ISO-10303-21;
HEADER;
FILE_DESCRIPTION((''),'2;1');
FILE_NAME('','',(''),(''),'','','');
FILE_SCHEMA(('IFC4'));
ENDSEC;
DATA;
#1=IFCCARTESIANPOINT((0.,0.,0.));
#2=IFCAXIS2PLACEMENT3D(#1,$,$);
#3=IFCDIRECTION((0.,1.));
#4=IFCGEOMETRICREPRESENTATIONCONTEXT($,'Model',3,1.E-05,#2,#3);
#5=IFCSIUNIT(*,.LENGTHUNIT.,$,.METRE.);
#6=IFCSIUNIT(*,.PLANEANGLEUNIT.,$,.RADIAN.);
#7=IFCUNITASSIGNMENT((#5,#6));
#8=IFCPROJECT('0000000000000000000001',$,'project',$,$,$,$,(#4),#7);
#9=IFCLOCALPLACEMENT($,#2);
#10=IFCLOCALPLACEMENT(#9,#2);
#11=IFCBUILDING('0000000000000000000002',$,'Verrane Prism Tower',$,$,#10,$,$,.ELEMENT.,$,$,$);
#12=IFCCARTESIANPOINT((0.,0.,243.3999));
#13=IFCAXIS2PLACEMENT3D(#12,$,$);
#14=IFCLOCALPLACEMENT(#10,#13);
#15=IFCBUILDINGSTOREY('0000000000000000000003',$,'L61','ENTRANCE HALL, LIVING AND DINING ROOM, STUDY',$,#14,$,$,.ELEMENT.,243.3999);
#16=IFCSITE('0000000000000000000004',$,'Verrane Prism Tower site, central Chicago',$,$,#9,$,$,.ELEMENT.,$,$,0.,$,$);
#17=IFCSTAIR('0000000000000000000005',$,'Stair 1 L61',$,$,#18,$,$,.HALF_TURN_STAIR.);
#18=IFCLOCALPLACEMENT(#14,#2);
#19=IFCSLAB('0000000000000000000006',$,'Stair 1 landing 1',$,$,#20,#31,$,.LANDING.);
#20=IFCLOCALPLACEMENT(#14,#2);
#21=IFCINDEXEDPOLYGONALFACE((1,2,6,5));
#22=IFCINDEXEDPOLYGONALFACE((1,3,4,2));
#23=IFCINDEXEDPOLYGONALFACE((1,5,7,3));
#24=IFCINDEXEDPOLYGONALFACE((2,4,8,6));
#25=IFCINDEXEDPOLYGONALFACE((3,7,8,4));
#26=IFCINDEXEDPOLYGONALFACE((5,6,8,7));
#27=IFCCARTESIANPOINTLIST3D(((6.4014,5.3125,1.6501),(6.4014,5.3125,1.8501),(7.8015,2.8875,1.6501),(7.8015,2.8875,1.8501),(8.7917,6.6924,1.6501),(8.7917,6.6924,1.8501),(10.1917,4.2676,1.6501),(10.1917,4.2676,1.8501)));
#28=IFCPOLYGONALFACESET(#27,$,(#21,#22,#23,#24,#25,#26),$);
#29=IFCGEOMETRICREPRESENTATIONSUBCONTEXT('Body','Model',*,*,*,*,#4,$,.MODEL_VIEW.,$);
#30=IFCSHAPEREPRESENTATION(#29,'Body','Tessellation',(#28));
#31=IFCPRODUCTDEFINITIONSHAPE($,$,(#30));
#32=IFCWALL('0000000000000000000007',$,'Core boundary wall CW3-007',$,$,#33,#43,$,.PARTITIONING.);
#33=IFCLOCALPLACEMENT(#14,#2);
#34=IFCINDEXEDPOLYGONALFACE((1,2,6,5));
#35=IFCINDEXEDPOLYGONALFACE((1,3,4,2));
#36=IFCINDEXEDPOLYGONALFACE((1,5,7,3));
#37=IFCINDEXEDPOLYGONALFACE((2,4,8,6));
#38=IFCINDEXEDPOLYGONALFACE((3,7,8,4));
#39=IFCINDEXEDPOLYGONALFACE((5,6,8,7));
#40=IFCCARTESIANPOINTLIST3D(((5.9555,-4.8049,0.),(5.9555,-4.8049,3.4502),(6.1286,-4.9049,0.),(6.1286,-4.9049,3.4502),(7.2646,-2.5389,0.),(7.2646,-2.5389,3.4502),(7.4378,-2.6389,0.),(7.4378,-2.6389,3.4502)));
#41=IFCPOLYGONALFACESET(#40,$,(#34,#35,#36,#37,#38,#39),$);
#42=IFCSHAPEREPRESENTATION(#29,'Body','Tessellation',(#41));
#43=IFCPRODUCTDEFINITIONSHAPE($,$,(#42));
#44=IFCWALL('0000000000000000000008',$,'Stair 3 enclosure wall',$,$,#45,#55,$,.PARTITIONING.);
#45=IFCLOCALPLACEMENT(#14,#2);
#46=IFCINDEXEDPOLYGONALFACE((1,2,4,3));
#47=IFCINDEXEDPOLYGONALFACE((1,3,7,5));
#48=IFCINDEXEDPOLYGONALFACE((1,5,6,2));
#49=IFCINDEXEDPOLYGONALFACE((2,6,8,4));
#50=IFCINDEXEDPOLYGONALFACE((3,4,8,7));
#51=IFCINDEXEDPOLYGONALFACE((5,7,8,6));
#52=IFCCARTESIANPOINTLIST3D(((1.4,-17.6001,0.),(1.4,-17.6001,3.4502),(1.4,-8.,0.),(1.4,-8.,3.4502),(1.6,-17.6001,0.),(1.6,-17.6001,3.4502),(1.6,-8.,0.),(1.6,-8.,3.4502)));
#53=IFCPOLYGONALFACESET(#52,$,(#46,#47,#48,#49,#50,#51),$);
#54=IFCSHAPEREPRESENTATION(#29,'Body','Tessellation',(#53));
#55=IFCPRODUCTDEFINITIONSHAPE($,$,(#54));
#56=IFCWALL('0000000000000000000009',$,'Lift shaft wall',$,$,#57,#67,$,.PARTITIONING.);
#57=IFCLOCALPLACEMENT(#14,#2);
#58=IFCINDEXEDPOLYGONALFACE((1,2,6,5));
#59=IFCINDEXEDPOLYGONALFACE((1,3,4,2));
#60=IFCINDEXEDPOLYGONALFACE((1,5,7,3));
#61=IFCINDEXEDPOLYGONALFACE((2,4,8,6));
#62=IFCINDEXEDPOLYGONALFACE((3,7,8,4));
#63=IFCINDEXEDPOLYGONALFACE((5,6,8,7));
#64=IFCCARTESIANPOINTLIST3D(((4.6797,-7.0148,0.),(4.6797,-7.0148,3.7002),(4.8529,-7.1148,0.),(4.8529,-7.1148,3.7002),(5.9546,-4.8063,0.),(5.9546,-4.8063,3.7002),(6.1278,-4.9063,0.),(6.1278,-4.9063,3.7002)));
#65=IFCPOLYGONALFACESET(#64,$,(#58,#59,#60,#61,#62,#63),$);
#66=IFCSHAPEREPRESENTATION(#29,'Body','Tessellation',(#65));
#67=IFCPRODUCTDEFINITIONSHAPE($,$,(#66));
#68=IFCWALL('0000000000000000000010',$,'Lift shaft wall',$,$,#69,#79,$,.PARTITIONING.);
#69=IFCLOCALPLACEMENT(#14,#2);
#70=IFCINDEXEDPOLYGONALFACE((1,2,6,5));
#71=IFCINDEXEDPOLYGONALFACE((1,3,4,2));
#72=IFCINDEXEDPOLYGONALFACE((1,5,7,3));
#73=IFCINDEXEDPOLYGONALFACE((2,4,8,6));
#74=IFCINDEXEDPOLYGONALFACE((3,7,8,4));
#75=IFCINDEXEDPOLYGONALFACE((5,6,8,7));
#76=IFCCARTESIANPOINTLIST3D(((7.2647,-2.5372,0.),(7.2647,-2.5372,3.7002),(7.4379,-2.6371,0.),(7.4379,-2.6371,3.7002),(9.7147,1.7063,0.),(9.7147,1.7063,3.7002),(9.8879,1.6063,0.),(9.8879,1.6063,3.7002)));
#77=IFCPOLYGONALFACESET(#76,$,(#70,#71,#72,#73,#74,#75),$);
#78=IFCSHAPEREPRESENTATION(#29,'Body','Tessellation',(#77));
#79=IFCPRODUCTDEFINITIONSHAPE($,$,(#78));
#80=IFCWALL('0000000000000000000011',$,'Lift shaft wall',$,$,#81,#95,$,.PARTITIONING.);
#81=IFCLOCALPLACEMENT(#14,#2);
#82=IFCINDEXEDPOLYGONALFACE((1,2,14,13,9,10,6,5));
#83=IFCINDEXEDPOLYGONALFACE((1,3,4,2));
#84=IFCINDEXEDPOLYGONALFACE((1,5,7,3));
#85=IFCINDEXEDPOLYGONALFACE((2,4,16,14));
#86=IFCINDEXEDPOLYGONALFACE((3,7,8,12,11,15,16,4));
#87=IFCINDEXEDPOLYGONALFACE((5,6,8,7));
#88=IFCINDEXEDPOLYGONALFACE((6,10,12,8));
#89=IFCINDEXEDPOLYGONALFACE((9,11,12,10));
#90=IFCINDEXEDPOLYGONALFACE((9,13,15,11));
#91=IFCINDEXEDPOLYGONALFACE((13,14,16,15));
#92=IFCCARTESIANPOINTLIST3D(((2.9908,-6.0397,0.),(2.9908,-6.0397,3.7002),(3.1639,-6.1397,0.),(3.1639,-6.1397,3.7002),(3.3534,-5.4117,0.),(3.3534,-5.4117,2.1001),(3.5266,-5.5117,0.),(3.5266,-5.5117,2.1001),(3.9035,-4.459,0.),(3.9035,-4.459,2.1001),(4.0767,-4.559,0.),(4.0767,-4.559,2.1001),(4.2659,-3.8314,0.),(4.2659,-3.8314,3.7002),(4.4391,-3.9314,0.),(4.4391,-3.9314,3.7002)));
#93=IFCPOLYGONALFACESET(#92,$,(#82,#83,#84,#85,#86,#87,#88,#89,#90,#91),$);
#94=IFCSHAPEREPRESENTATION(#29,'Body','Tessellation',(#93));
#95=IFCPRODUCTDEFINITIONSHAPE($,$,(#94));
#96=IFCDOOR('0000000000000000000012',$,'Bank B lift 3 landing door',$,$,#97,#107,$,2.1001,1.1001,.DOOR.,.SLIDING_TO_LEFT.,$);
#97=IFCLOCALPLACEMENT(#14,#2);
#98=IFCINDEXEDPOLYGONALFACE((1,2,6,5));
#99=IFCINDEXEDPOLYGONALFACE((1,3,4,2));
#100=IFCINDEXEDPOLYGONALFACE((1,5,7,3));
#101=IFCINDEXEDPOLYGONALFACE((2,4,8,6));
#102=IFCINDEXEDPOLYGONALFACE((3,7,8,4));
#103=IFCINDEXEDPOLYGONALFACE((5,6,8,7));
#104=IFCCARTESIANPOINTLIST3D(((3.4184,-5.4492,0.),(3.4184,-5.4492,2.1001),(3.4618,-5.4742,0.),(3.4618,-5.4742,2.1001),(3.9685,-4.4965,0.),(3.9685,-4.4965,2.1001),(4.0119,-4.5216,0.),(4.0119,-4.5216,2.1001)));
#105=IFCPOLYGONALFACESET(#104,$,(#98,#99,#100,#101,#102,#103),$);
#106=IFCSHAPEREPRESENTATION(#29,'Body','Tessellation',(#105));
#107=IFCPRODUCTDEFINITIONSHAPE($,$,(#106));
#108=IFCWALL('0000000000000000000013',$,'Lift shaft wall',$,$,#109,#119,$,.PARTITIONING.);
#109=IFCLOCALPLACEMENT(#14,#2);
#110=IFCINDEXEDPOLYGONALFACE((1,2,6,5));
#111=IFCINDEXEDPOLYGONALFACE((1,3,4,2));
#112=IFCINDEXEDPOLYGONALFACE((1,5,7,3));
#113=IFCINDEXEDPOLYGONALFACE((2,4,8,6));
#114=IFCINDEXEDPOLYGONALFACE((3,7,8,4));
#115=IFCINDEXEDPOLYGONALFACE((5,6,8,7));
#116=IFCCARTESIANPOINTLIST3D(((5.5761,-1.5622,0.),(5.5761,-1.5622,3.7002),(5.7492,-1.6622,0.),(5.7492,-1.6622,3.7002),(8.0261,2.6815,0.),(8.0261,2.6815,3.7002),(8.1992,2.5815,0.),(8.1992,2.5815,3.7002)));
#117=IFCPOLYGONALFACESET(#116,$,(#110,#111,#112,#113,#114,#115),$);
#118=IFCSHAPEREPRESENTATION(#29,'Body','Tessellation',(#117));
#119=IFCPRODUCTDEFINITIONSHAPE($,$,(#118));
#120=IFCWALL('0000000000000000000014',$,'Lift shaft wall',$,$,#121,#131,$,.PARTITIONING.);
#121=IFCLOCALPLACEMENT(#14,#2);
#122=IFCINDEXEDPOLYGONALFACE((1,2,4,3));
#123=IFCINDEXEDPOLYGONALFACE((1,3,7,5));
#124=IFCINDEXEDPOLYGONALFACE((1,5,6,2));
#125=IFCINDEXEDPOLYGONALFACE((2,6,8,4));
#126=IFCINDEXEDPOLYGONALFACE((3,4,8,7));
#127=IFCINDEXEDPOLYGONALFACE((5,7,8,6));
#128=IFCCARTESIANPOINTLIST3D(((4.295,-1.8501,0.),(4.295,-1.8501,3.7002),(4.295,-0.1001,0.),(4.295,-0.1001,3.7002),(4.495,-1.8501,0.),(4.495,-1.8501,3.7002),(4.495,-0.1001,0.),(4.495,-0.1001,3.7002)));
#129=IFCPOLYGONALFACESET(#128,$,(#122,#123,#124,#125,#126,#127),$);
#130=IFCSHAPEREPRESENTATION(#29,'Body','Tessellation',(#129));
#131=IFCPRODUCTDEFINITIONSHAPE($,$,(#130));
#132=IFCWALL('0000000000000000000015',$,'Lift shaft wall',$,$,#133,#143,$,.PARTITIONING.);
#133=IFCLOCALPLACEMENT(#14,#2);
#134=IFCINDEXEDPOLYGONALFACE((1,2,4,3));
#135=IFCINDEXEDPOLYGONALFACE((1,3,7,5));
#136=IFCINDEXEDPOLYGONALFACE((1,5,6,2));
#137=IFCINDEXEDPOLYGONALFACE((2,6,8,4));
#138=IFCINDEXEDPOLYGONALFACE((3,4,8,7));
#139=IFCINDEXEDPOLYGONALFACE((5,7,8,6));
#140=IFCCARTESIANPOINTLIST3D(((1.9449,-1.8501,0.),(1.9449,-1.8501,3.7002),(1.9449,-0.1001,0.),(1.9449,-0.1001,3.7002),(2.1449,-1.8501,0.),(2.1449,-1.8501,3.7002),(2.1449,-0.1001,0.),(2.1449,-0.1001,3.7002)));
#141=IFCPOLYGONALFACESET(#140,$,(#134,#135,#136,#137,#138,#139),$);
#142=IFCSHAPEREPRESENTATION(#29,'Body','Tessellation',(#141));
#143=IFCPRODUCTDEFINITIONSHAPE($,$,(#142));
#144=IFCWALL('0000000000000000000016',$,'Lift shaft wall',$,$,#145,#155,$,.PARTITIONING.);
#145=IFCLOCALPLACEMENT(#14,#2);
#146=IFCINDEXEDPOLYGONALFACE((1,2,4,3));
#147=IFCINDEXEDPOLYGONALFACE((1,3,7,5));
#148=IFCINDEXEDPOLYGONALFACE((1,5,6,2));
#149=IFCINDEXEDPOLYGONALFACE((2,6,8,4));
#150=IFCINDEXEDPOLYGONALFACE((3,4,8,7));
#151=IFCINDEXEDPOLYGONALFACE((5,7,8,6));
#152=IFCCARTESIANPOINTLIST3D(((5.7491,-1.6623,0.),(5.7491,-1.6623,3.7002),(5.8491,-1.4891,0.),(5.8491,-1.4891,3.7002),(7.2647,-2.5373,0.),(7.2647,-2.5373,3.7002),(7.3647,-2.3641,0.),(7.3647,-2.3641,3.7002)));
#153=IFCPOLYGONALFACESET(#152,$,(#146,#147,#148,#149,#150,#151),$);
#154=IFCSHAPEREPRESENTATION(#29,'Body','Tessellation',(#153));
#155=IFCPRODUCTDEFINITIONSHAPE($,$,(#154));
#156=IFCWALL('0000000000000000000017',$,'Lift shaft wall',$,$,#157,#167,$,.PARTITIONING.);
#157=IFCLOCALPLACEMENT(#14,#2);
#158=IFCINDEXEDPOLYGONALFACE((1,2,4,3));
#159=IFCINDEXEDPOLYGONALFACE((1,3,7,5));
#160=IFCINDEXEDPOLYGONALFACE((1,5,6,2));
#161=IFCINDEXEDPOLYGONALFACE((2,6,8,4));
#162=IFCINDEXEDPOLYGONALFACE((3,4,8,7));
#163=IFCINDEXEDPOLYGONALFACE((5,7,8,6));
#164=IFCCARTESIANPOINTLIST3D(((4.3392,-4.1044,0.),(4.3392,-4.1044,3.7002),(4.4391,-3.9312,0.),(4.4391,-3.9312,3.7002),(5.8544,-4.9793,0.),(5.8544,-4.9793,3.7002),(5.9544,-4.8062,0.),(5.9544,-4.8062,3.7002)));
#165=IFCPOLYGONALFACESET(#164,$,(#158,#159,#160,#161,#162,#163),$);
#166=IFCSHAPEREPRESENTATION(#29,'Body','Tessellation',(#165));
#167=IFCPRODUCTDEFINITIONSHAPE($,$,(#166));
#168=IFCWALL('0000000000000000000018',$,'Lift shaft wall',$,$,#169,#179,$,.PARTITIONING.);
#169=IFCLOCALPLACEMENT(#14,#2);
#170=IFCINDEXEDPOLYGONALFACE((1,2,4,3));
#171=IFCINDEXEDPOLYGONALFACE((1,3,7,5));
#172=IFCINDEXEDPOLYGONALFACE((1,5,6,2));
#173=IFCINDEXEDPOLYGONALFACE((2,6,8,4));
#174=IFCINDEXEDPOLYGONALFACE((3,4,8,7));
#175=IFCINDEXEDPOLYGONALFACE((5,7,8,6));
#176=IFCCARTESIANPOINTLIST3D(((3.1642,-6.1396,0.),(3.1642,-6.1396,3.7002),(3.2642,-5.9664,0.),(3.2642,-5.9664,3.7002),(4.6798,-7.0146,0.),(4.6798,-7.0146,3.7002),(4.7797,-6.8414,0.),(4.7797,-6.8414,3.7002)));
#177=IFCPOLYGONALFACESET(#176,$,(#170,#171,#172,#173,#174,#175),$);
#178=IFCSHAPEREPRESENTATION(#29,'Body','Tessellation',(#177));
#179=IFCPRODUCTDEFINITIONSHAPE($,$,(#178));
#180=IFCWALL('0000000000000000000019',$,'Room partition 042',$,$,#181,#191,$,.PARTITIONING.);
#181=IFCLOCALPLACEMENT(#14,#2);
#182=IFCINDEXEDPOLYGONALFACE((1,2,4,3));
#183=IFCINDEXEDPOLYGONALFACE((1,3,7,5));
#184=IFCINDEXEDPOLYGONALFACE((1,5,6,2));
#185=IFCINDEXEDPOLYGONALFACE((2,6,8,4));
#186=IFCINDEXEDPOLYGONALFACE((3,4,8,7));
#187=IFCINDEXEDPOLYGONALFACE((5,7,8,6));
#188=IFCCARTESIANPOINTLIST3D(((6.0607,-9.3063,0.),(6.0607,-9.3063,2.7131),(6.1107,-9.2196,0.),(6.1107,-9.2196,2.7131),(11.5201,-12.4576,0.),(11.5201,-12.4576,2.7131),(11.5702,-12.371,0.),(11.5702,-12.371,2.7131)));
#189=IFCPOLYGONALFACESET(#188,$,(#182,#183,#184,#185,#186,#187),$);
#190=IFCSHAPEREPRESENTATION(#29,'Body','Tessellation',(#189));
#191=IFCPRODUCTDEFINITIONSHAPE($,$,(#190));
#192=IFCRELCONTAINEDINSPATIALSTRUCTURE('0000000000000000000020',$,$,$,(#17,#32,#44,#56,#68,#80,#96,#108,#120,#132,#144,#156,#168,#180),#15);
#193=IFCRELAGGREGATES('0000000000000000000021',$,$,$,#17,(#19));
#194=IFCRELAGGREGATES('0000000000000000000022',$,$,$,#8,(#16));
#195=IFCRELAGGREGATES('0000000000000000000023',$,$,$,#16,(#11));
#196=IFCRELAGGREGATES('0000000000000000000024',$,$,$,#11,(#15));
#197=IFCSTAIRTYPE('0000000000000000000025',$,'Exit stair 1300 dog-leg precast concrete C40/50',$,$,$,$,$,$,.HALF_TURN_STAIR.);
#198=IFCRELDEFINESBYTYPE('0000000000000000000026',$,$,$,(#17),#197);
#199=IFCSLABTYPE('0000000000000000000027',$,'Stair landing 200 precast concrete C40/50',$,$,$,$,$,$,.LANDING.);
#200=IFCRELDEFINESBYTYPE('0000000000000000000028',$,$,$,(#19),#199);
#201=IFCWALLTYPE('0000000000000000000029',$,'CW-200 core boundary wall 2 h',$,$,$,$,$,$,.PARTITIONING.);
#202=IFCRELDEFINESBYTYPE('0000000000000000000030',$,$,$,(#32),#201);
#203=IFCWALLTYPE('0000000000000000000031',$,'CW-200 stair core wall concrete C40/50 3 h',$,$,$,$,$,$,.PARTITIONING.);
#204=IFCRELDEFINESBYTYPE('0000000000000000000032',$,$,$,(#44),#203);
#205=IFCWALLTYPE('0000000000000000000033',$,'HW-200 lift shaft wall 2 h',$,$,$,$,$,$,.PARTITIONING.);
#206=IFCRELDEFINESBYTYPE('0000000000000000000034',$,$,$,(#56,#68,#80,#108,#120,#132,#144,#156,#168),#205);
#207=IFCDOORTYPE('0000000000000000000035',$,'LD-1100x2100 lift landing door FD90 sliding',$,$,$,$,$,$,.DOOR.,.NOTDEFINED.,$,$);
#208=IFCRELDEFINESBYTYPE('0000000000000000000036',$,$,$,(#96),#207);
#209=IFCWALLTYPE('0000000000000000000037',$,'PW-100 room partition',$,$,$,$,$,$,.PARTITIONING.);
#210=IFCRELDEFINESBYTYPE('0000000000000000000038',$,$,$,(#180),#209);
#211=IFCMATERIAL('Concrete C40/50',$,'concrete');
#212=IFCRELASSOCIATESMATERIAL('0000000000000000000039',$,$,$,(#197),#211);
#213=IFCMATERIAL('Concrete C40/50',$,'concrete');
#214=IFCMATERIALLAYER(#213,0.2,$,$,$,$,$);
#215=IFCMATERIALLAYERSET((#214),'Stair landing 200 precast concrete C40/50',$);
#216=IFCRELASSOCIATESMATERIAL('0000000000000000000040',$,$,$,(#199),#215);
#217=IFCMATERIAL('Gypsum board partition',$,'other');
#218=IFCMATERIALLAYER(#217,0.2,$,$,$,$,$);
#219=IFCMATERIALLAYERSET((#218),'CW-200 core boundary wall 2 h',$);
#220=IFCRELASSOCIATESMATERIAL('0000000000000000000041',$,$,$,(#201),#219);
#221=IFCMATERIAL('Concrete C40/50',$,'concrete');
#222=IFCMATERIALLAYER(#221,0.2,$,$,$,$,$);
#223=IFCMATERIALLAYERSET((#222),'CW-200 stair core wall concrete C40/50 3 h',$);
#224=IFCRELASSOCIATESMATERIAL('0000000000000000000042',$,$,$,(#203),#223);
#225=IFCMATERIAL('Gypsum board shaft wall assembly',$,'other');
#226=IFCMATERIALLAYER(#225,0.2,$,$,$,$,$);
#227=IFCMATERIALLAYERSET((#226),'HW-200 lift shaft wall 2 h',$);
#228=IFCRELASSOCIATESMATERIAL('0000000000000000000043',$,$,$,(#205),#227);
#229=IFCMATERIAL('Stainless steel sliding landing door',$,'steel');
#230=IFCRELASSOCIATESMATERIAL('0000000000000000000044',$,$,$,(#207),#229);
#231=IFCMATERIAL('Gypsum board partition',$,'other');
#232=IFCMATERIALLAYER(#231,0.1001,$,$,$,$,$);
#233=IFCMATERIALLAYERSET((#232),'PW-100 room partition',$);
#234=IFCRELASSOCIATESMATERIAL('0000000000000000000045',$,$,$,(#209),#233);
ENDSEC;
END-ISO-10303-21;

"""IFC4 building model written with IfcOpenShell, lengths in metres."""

from ifc_helpers import new_model, si_unit, direction, frame, frame_2d, origin, place, context, subcontext, project, spatial, polyline, rectangle, outline, extrude, material, layer, layer_set, type_object, element, fill, aggregate, save


model = new_model("IFC4")

# Units and contexts
model_context = context("Model", 3, precision=1e-05, world=origin(), true_north=direction((0.0, 1.0)))
body_context = subcontext(model_context, "Body", "Model", "MODEL_VIEW")
ifc_project = project(units=[si_unit("LENGTHUNIT", "METRE"), si_unit("PLANEANGLEUNIT", "RADIAN")], contexts=[model_context])

# Site, building, storey
site_placement = place(None, origin())
site = spatial("IfcSite", under=ifc_project, at=site_placement, Name="Verrane Prism Tower site, central Chicago", CompositionType="ELEMENT", RefElevation=0.0)
building_placement = place(site_placement, origin())
building = spatial("IfcBuilding", under=site, at=building_placement, Name="Verrane Prism Tower", CompositionType="ELEMENT")
storey_placement = place(building_placement, frame((0.0, 0.0, 243.3999)))
storey = spatial("IfcBuildingStorey", under=building, at=storey_placement, Name="L61", Description="ENTRANCE HALL, LIVING AND DINING ROOM, STUDY", CompositionType="ELEMENT", Elevation=243.3999)

# Stair, slab
ifc_material_1 = material(Name="Concrete C40/50", Category="concrete")
stair_type = type_object("IfcStairType", Name="Exit stair 1300 dog-leg precast concrete C40/50", PredefinedType="HALF_TURN_STAIR", material=ifc_material_1)
stair_placement = place(storey_placement, origin())
stair = element("IfcStair", 1, at=stair_placement, inside=storey, type_object=stair_type, Name="Stair 1 L61", PredefinedType="HALF_TURN_STAIR")
ifc_material_2 = material(Name="Concrete C40/50", Category="concrete")
ifc_layer_1 = layer(ifc_material_2, 0.2)
ifc_layer_set_1 = layer_set([ifc_layer_1], Name="Stair landing 200 precast concrete C40/50")
slab_type = type_object("IfcSlabType", Name="Stair landing 200 precast concrete C40/50", PredefinedType="LANDING", material=ifc_layer_set_1)
slab_placement = place(storey_placement, frame((0.0, 0.0, 1.6501)))
slab = element("IfcSlab", 2, at=slab_placement, type_object=slab_type, Name="Stair 1 landing 1", PredefinedType="LANDING", context=body_context, shape_type="SweptSolid", body=[
    extrude(outline(polyline([(8.7917, 6.6924), (6.4014, 5.3125), (7.8015, 2.8875), (10.1917, 4.2676), (8.7917, 6.6924)])), origin(), (0.0, 0.0, 1.0), 0.2),
])
aggregate(stair, [slab])

# Walls
ifc_material_3 = material(Name="Gypsum board partition", Category="other")
ifc_layer_2 = layer(ifc_material_3, 0.2)
ifc_layer_set_2 = layer_set([ifc_layer_2], Name="CW-200 core boundary wall 2 h")
wall_type_1 = type_object("IfcWallType", Name="CW-200 core boundary wall 2 h", PredefinedType="PARTITIONING", material=ifc_layer_set_2)
wall_1_placement = place(storey_placement, frame((6.042, -4.855, 0.0), z_axis=(0.0, 0.0, 1.0), x_axis=(0.500253, 0.865879, 0.0)))
element("IfcWall", 3, at=wall_1_placement, inside=storey, type_object=wall_type_1, Name="Core boundary wall CW3-007", PredefinedType="PARTITIONING", context=body_context, shape_type="SweptSolid", body=[
    extrude(rectangle(XDim=2.6169, YDim=0.2, at=frame_2d((1.3086, 0.0))), origin(), (0.0, 0.0, 1.0), 3.4502),
])
ifc_material_4 = material(Name="Concrete C40/50", Category="concrete")
ifc_layer_3 = layer(ifc_material_4, 0.2)
ifc_layer_set_3 = layer_set([ifc_layer_3], Name="CW-200 stair core wall concrete C40/50 3 h")
wall_type_2 = type_object("IfcWallType", Name="CW-200 stair core wall concrete C40/50 3 h", PredefinedType="PARTITIONING", material=ifc_layer_set_3)
wall_2_placement = place(storey_placement, frame((1.5, -8.0, 0.0), z_axis=(0.0, 0.0, 1.0), x_axis=(0.0, -1.0, 0.0)))
element("IfcWall", 4, at=wall_2_placement, inside=storey, type_object=wall_type_2, Name="Stair 3 enclosure wall", PredefinedType="PARTITIONING", context=body_context, shape_type="SweptSolid", body=[
    extrude(rectangle(XDim=9.6001, YDim=0.2, at=frame_2d((4.8, 0.0))), origin(), (0.0, 0.0, 1.0), 3.4502),
])
ifc_material_5 = material(Name="Gypsum board shaft wall assembly", Category="other")
ifc_layer_4 = layer(ifc_material_5, 0.2)
ifc_layer_set_4 = layer_set([ifc_layer_4], Name="HW-200 lift shaft wall 2 h")
wall_type_3 = type_object("IfcWallType", Name="HW-200 lift shaft wall 2 h", PredefinedType="PARTITIONING", material=ifc_layer_set_4)
wall_3_placement = place(storey_placement, frame((4.7664, -7.0647, 0.0), z_axis=(0.0, 0.0, 1.0), x_axis=(0.499949, 0.866055, 0.0)))
element("IfcWall", 5, at=wall_3_placement, inside=storey, type_object=wall_type_3, Name="Lift shaft wall", PredefinedType="PARTITIONING", context=body_context, shape_type="SweptSolid", body=[
    extrude(rectangle(XDim=2.55, YDim=0.2, at=frame_2d((1.2749, 0.0))), origin(), (0.0, 0.0, 1.0), 3.7002),
])
wall_4_placement = place(storey_placement, frame((7.3513, -2.5872, 0.0), z_axis=(0.0, 0.0, 1.0), x_axis=(0.500003, 0.866024, 0.0)))
element("IfcWall", 6, at=wall_4_placement, inside=storey, type_object=wall_type_3, Name="Lift shaft wall", PredefinedType="PARTITIONING", context=body_context, shape_type="SweptSolid", body=[
    extrude(rectangle(XDim=4.8999, YDim=0.2, at=frame_2d((2.45, 0.0))), origin(), (0.0, 0.0, 1.0), 3.7002),
])

# Wall, opening, door
wall_5_placement = place(storey_placement, frame((3.0774, -6.0896, 0.0), z_axis=(0.0, 0.0, 1.0), x_axis=(0.500062, 0.865989, 0.0)))
wall_5 = element("IfcWall", 7, at=wall_5_placement, inside=storey, type_object=wall_type_3, Name="Lift shaft wall", PredefinedType="PARTITIONING", context=body_context, shape_type="SweptSolid", body=[
    extrude(rectangle(XDim=2.55, YDim=0.2, at=frame_2d((1.2749, 0.0))), origin(), (0.0, 0.0, 1.0), 3.7002),
])
opening_placement = place(wall_5_placement, frame((0.7251, 0.0, 0.0)))
opening = element("IfcOpeningElement", 8, at=opening_placement, cuts=wall_5, PredefinedType="OPENING", context=body_context, shape_type="SweptSolid", body=[
    extrude(rectangle(XDim=1.1001, YDim=2.1001, at=frame_2d((0.55, 1.05))), frame((0.0, 0.1099, 0.0), z_axis=(0.0, -1.0, 0.0), x_axis=(1.0, 0.0, 0.0)), (0.0, 0.0, 1.0), 0.22),
])
ifc_material_6 = material(Name="Stainless steel sliding landing door", Category="steel")
door_type = type_object("IfcDoorType", Name="LD-1100x2100 lift landing door FD90 sliding", OperationType="NOTDEFINED", PredefinedType="DOOR", material=ifc_material_6)
door_placement = place(opening_placement, origin())
door = element("IfcDoor", 9, at=door_placement, inside=storey, type_object=door_type, Name="Bank B lift 3 landing door", OperationType="SLIDING_TO_LEFT", OverallHeight=2.1001, OverallWidth=1.1001, PredefinedType="DOOR", context=body_context, shape_type="SweptSolid", body=[
    extrude(rectangle(XDim=1.1001, YDim=2.1001, at=frame_2d((0.55, 1.05))), frame((0.0, 0.0249, 0.0), z_axis=(0.0, -1.0, 0.0), x_axis=(1.0, 0.0, 0.0)), (0.0, 0.0, 1.0), 0.05),
])
fill(opening, door)

# Walls
wall_6_placement = place(storey_placement, frame((5.6626, -1.6123, 0.0), z_axis=(0.0, 0.0, 1.0), x_axis=(0.499981, 0.866036, 0.0)))
element("IfcWall", 10, at=wall_6_placement, inside=storey, type_object=wall_type_3, Name="Lift shaft wall", PredefinedType="PARTITIONING", context=body_context, shape_type="SweptSolid", body=[
    extrude(rectangle(XDim=4.9001, YDim=0.2, at=frame_2d((2.4502, 0.0))), origin(), (0.0, 0.0, 1.0), 3.7002),
])
for number, where, z_axis, x_axis, name in (
    (11, (4.395, -1.8501, 0.0), (0.0, 0.0, 1.0), (0.0, 1.0, 0.0), "Lift shaft wall"),
    (12, (2.0449, -1.8501, 0.0), (0.0, 0.0, 1.0), (0.0, 1.0, 0.0), "Lift shaft wall"),
    (13, (7.3147, -2.4507, 0.0), (0.0, 0.0, 1.0), (-0.866037, 0.49998, 0.0), "Lift shaft wall"),
):
    element("IfcWall", number, at=place(storey_placement, frame(where, z_axis=z_axis, x_axis=x_axis)), inside=storey, type_object=wall_type_3, Name=name, PredefinedType="PARTITIONING", context=body_context, shape_type="SweptSolid", body=[
        extrude(rectangle(XDim=1.75, YDim=0.2, at=frame_2d((0.875, 0.0))), origin(), (0.0, 0.0, 1.0), 3.7002),
    ])
wall_7_placement = place(storey_placement, frame((5.9045, -4.8928, 0.0), z_axis=(0.0, 0.0, 1.0), x_axis=(-0.866002, 0.50004, 0.0)))
element("IfcWall", 14, at=wall_7_placement, inside=storey, type_object=wall_type_3, Name="Lift shaft wall", PredefinedType="PARTITIONING", context=body_context, shape_type="SweptSolid", body=[
    extrude(rectangle(XDim=1.7498, YDim=0.2, at=frame_2d((0.875, 0.0))), origin(), (0.0, 0.0, 1.0), 3.7002),
])
wall_8_placement = place(storey_placement, frame((4.7297, -6.928, 0.0), z_axis=(0.0, 0.0, 1.0), x_axis=(-0.866037, 0.49998, 0.0)))
element("IfcWall", 15, at=wall_8_placement, inside=storey, type_object=wall_type_3, Name="Lift shaft wall", PredefinedType="PARTITIONING", context=body_context, shape_type="SweptSolid", body=[
    extrude(rectangle(XDim=1.75, YDim=0.2, at=frame_2d((0.875, 0.0))), origin(), (0.0, 0.0, 1.0), 3.7002),
])
ifc_material_7 = material(Name="Gypsum board partition", Category="other")
ifc_layer_5 = layer(ifc_material_7, 0.1001)
ifc_layer_set_5 = layer_set([ifc_layer_5], Name="PW-100 room partition")
wall_type_4 = type_object("IfcWallType", Name="PW-100 room partition", PredefinedType="PARTITIONING", material=ifc_layer_set_5)
wall_9_placement = place(storey_placement, frame((6.0857, -9.2629, 0.0), z_axis=(0.0, 0.0, 1.0), x_axis=(0.866071, -0.499921, 0.0)))
element("IfcWall", 16, at=wall_9_placement, inside=storey, type_object=wall_type_4, Name="Room partition 042", PredefinedType="PARTITIONING", context=body_context, shape_type="SweptSolid", body=[
    extrude(rectangle(XDim=6.3037, YDim=0.1001, at=frame_2d((3.1519, 0.0))), origin(), (0.0, 0.0, 1.0), 2.7131),
])

save(model, "model.ifc")
